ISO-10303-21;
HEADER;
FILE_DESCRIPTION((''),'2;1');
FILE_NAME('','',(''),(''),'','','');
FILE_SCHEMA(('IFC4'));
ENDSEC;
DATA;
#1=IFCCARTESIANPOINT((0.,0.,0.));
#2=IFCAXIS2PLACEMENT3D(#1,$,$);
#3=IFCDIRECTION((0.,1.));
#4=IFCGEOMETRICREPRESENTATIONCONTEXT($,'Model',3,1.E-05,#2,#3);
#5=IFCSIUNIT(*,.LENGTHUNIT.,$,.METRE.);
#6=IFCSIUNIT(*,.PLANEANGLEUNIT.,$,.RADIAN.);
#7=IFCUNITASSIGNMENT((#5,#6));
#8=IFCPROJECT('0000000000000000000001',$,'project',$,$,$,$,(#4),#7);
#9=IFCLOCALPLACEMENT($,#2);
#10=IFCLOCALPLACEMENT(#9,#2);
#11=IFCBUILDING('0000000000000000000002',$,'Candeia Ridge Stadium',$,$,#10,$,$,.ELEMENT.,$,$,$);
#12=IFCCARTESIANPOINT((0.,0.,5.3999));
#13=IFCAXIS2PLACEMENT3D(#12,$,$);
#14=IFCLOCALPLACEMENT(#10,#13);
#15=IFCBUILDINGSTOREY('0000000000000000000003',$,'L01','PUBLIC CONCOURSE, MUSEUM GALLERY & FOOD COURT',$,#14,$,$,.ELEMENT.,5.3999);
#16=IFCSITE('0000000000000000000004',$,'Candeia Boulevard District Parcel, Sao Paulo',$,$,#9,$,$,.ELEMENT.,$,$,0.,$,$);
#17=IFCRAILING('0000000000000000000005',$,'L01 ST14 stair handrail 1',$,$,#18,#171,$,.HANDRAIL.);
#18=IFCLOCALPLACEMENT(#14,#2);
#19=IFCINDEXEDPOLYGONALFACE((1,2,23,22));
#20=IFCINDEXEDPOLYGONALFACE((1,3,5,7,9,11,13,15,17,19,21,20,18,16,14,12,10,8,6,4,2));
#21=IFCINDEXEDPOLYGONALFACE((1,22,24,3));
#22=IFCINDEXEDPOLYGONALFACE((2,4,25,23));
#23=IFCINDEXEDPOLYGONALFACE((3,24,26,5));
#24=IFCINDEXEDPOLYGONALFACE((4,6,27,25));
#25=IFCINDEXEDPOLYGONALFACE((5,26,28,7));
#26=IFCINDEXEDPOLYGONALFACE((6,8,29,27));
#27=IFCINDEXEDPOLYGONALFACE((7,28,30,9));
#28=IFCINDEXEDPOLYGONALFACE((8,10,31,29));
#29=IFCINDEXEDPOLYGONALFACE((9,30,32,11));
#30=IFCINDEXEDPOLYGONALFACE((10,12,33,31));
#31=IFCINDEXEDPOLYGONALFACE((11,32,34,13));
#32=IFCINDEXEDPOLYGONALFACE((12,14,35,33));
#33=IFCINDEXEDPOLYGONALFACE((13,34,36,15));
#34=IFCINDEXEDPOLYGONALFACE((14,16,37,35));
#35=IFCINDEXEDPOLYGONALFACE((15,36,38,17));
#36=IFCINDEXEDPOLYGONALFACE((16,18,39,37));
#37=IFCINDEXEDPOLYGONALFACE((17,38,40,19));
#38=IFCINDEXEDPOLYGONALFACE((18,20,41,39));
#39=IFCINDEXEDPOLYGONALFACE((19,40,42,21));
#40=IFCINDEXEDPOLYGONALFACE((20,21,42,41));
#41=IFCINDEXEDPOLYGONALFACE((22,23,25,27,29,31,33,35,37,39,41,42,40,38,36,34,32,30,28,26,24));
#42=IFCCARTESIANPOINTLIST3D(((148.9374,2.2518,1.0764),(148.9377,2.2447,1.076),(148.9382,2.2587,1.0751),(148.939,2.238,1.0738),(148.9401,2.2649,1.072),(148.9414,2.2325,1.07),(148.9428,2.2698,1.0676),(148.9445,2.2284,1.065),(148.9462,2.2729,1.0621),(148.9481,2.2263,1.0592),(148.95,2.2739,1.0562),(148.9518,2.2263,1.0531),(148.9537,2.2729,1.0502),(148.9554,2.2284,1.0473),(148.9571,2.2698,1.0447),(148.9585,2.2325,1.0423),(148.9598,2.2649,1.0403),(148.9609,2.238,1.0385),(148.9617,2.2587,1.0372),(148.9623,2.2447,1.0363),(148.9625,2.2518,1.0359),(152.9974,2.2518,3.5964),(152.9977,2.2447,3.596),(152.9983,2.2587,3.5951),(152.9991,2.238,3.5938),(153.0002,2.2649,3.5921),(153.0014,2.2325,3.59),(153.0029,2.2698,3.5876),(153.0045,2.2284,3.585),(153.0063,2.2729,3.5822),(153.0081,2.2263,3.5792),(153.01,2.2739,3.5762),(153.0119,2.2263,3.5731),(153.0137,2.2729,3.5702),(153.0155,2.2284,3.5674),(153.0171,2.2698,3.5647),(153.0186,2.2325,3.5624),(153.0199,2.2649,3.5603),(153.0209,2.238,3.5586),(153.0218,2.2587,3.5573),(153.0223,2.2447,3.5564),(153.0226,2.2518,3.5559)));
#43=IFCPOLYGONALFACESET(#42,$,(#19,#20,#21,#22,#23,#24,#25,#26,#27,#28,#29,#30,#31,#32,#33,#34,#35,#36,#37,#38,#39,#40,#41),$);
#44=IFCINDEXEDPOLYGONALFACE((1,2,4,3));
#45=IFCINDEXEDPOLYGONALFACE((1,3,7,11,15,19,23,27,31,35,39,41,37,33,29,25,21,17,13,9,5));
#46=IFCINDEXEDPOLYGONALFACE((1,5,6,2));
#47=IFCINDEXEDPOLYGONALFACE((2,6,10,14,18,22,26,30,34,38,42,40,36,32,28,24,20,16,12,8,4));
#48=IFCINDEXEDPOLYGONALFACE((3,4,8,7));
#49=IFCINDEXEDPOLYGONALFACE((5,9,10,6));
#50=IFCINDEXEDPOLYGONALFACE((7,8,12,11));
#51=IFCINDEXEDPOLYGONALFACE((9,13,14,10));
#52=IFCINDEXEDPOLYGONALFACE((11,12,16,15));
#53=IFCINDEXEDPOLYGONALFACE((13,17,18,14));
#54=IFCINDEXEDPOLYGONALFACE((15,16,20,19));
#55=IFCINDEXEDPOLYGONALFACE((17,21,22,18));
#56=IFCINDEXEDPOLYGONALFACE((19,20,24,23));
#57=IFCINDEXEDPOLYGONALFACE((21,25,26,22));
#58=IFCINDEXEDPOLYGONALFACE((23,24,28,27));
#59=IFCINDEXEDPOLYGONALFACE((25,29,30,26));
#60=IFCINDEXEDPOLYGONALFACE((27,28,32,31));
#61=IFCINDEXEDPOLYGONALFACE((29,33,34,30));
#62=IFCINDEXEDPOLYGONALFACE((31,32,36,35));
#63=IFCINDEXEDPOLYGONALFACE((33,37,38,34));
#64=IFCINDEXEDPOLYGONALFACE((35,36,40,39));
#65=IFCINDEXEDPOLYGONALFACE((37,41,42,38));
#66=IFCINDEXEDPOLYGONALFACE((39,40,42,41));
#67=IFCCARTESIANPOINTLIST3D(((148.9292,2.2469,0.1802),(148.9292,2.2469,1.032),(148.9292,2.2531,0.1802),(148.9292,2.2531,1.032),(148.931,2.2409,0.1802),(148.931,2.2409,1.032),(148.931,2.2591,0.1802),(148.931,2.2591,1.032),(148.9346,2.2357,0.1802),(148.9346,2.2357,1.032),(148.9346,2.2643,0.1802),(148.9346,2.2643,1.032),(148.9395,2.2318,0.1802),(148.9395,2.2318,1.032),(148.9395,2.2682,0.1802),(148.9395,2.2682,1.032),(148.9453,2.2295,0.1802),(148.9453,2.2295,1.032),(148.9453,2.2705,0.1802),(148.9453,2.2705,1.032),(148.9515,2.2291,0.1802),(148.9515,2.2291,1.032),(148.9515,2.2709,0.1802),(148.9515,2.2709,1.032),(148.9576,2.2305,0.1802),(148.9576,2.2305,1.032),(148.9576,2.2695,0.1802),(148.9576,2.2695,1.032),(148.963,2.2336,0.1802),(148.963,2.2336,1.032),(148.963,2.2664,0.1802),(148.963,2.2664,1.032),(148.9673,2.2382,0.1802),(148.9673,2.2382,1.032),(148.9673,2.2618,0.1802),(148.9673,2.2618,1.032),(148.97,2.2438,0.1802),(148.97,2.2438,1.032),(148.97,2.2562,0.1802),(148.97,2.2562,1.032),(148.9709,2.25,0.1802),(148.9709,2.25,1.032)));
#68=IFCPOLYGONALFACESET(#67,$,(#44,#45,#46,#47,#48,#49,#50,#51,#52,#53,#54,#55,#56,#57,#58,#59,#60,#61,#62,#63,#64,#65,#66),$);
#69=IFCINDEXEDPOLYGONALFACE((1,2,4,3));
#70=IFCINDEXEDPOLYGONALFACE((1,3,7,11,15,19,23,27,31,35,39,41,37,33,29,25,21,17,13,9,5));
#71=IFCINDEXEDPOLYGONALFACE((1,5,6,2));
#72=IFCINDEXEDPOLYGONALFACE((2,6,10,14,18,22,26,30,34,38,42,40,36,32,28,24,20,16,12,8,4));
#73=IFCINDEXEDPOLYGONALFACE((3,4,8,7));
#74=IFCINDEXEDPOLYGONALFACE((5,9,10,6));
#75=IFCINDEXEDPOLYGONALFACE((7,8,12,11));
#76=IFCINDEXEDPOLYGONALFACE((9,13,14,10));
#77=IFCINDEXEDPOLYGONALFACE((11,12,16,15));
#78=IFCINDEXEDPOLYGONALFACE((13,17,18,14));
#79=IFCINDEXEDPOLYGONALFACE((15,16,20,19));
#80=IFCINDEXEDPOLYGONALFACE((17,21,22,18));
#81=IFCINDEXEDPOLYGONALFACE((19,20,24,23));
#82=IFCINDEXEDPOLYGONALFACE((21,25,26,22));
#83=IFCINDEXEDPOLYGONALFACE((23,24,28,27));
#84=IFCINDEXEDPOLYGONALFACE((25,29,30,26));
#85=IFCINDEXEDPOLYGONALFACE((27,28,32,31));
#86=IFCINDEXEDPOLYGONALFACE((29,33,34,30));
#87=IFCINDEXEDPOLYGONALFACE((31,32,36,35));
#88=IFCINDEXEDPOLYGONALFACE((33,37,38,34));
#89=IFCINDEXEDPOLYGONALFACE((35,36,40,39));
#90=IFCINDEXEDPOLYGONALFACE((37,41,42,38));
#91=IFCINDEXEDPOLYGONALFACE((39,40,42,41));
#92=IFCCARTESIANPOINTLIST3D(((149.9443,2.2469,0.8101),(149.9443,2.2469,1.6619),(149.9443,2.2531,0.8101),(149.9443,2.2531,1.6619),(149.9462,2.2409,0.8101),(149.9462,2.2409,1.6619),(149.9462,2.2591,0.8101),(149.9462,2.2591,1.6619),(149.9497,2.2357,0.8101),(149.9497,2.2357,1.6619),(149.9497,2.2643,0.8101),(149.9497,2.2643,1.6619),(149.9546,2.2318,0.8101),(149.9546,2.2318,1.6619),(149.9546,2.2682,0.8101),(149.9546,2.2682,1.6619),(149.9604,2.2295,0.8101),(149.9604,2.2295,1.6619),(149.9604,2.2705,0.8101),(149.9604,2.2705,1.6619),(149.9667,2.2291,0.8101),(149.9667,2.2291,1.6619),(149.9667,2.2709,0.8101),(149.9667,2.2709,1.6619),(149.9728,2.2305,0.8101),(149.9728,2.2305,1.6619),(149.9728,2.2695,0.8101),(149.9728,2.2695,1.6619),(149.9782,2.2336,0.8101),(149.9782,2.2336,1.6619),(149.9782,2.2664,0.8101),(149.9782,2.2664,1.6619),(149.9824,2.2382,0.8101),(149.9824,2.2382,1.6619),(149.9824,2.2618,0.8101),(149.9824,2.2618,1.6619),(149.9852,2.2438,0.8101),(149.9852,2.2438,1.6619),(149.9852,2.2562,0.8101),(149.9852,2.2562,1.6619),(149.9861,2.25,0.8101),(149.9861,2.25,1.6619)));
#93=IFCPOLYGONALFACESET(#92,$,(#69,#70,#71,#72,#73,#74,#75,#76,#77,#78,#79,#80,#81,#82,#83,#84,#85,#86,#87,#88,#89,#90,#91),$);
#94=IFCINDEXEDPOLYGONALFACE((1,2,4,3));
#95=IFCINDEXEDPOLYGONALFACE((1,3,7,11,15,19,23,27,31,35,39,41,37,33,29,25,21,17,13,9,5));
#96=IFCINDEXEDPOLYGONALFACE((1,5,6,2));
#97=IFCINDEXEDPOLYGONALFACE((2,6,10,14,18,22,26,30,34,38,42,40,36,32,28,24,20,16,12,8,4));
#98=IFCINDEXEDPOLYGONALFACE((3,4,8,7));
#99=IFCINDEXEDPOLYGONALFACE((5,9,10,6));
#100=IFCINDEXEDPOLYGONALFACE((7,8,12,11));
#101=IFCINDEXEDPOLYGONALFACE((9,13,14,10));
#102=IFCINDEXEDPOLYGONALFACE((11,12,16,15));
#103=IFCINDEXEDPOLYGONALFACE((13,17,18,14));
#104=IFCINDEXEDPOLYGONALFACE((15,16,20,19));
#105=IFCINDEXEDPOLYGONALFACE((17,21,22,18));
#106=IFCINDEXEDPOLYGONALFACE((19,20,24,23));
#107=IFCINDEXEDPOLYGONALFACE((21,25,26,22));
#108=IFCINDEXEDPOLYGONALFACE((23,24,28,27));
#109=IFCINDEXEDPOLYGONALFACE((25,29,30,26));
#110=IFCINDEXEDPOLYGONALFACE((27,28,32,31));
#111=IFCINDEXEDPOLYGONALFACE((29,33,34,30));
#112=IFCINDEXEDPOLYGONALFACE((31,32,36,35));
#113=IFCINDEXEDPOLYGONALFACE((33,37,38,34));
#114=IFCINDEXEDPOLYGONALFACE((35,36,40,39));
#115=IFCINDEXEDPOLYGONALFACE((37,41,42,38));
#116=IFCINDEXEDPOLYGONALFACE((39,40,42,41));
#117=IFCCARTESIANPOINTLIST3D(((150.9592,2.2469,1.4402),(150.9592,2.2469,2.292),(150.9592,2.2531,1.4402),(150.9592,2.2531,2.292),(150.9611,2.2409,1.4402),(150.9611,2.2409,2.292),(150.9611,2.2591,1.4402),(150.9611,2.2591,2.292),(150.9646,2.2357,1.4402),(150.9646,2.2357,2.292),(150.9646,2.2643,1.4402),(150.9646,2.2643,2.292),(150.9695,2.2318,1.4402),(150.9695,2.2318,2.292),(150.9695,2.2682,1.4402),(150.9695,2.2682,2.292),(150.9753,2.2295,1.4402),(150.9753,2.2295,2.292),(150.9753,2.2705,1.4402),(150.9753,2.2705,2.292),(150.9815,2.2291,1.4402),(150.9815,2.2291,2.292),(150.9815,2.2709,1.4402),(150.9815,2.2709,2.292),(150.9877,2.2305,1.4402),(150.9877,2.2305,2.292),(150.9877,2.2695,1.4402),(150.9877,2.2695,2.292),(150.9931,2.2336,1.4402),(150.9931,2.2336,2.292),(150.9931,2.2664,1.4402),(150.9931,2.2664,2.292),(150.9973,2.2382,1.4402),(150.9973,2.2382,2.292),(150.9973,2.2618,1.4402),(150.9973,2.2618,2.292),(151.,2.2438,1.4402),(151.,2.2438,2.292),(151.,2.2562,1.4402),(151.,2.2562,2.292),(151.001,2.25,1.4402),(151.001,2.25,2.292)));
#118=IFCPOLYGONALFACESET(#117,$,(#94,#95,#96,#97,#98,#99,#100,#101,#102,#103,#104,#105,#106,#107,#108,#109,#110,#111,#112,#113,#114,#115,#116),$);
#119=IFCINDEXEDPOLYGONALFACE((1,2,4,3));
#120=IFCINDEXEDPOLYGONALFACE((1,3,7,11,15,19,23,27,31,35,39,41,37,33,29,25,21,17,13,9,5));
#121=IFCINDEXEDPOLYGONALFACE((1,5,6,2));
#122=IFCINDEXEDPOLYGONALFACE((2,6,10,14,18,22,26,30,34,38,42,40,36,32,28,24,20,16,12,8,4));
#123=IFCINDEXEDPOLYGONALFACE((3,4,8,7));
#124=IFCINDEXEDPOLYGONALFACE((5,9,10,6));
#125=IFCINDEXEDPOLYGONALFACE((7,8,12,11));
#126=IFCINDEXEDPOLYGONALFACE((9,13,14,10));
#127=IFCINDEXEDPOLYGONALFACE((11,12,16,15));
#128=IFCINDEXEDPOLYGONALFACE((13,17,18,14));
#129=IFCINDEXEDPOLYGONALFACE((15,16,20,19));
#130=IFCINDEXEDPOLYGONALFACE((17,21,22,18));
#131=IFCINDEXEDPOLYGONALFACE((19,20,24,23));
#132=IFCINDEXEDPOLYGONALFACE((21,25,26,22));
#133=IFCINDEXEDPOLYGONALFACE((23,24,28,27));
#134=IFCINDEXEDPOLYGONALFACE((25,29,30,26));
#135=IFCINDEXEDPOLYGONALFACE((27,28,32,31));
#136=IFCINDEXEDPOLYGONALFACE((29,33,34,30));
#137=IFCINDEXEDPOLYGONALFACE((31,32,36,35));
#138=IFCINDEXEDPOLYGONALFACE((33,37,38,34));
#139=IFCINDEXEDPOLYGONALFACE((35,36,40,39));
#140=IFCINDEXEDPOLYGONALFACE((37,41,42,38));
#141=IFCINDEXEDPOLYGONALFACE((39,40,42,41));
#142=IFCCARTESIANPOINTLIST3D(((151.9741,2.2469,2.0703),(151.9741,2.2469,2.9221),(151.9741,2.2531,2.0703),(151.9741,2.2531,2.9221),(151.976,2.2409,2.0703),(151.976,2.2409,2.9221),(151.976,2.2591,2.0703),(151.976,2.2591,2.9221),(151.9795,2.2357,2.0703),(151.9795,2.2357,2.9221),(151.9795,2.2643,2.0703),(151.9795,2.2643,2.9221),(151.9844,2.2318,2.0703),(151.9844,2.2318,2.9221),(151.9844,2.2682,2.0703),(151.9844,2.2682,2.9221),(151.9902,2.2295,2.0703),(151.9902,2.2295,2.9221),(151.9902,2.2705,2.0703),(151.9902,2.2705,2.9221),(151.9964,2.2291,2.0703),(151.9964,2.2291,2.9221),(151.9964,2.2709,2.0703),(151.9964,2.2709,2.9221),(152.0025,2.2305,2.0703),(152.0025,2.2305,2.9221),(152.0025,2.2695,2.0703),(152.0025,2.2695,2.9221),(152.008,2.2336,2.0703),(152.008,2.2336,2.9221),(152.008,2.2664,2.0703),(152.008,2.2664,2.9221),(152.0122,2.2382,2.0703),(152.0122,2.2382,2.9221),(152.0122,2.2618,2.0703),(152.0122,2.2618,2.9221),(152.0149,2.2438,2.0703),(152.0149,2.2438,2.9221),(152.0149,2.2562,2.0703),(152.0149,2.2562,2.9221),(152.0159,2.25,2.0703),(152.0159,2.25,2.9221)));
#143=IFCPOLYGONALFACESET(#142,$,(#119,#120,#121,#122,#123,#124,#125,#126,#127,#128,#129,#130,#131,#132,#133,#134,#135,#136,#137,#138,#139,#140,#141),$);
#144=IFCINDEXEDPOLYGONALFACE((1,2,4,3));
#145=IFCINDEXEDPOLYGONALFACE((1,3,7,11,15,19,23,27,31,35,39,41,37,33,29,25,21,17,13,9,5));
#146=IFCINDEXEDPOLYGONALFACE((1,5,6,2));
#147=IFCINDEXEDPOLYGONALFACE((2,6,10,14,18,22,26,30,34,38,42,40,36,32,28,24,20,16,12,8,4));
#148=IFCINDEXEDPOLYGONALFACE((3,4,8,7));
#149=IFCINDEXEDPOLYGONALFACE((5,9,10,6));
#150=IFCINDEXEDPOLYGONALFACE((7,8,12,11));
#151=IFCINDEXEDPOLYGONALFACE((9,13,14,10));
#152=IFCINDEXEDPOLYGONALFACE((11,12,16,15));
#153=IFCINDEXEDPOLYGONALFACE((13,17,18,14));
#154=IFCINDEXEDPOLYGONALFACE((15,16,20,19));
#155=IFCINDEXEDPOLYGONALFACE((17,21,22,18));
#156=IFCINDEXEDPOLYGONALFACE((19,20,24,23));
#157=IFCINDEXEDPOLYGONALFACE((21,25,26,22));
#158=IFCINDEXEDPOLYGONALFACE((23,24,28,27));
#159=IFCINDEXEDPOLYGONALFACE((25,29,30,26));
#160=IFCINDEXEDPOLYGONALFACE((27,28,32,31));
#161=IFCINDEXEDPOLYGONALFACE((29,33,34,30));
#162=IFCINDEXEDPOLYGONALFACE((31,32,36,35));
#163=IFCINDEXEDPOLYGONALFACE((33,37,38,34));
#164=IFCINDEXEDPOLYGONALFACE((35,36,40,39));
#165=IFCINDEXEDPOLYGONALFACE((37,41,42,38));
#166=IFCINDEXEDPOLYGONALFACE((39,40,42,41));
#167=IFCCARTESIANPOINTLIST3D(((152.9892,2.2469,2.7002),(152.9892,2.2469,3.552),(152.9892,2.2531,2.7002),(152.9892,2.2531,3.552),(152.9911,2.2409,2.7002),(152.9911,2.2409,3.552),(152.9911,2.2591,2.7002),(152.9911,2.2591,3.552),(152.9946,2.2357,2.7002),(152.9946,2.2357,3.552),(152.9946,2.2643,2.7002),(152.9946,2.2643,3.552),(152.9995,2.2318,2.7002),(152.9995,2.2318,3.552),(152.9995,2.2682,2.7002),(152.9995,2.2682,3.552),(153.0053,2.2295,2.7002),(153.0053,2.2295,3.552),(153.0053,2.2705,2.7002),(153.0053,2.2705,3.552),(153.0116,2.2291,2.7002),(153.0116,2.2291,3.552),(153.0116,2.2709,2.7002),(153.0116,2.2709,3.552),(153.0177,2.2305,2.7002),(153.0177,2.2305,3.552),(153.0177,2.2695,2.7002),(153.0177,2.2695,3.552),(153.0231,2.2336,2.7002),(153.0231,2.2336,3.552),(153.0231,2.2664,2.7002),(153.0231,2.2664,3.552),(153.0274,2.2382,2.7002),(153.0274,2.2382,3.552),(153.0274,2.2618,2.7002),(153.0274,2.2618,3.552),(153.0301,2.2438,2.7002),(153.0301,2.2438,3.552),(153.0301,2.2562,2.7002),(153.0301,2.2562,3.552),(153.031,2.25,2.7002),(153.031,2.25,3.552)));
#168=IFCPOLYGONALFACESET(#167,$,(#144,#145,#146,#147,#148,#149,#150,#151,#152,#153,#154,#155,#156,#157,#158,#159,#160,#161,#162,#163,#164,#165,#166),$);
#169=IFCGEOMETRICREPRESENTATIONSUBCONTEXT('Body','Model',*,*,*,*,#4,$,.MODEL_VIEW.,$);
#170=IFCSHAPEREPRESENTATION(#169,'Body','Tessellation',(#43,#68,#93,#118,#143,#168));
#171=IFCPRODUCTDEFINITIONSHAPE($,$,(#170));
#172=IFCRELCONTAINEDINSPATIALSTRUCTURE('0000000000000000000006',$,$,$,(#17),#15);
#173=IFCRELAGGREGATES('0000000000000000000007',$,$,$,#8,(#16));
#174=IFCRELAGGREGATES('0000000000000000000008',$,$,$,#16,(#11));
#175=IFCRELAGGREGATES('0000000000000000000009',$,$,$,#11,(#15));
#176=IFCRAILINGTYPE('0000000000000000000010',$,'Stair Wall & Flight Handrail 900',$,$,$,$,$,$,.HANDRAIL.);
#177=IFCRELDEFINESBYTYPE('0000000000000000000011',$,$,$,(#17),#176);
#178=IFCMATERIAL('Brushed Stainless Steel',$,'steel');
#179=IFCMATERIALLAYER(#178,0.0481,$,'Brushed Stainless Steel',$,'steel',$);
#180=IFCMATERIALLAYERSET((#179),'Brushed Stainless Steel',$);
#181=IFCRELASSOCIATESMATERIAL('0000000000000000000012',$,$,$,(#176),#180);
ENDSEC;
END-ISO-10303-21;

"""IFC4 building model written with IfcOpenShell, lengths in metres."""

from ifc_helpers import new_model, si_unit, direction, frame, origin, origin_2d, place, context, subcontext, project, spatial, circle, extrude, material, layer, layer_set, type_object, element, save


model = new_model("IFC4")

# Units and contexts
model_context = context("Model", 3, precision=1e-05, world=origin(), true_north=direction((0.0, 1.0)))
body_context = subcontext(model_context, "Body", "Model", "MODEL_VIEW")
ifc_project = project(units=[si_unit("LENGTHUNIT", "METRE"), si_unit("PLANEANGLEUNIT", "RADIAN")], contexts=[model_context])

# Site, building, storey
site_placement = place(None, origin())
site = spatial("IfcSite", under=ifc_project, at=site_placement, Name="Candeia Boulevard District Parcel, Sao Paulo", CompositionType="ELEMENT", RefElevation=0.0)
building_placement = place(site_placement, origin())
building = spatial("IfcBuilding", under=site, at=building_placement, Name="Candeia Ridge Stadium", CompositionType="ELEMENT")
storey_placement = place(building_placement, frame((0.0, 0.0, 5.3999)))
storey = spatial("IfcBuildingStorey", under=building, at=storey_placement, Name="L01", Description="PUBLIC CONCOURSE, MUSEUM GALLERY & FOOD COURT", CompositionType="ELEMENT", Elevation=5.3999)

# Railing
ifc_material_1 = material(Name="Brushed Stainless Steel", Category="steel")
ifc_layer_1 = layer(ifc_material_1, 0.0481, Name="Brushed Stainless Steel", Category="steel")
ifc_layer_set_1 = layer_set([ifc_layer_1], Name="Brushed Stainless Steel")
railing_type = type_object("IfcRailingType", Name="Stair Wall & Flight Handrail 900", PredefinedType="HANDRAIL", material=ifc_layer_set_1)
railing_placement = place(storey_placement, frame((148.95, 2.25, 0.1802)))
element("IfcRailing", 1, at=railing_placement, inside=storey, type_object=railing_type, Name="L01 ST14 stair handrail 1", PredefinedType="HANDRAIL", context=body_context, shape_type="SweptSolid", body=[
    extrude(circle(Radius=0.0239, at=origin_2d()), frame((0.0, 0.0, 0.876), z_axis=(0.849642, 0.0, 0.52736), x_axis=(0.0, 1.0, 0.0)), (0.0, 0.0, 1.0), 4.7786),
    extrude(circle(Radius=0.021, at=origin_2d()), origin(), (0.0, 0.0, 1.0), 0.8518),
    extrude(circle(Radius=0.021, at=origin_2d()), frame((1.0151, 0.0, 0.6299)), (0.0, 0.0, 1.0), 0.8518),
    extrude(circle(Radius=0.021, at=origin_2d()), frame((2.03, 0.0, 1.26)), (0.0, 0.0, 1.0), 0.8518),
    extrude(circle(Radius=0.021, at=origin_2d()), frame((3.0449, 0.0, 1.8901)), (0.0, 0.0, 1.0), 0.8518),
    extrude(circle(Radius=0.021, at=origin_2d()), frame((4.0601, 0.0, 2.52)), (0.0, 0.0, 1.0), 0.8518),
])

save(model, "model.ifc")
